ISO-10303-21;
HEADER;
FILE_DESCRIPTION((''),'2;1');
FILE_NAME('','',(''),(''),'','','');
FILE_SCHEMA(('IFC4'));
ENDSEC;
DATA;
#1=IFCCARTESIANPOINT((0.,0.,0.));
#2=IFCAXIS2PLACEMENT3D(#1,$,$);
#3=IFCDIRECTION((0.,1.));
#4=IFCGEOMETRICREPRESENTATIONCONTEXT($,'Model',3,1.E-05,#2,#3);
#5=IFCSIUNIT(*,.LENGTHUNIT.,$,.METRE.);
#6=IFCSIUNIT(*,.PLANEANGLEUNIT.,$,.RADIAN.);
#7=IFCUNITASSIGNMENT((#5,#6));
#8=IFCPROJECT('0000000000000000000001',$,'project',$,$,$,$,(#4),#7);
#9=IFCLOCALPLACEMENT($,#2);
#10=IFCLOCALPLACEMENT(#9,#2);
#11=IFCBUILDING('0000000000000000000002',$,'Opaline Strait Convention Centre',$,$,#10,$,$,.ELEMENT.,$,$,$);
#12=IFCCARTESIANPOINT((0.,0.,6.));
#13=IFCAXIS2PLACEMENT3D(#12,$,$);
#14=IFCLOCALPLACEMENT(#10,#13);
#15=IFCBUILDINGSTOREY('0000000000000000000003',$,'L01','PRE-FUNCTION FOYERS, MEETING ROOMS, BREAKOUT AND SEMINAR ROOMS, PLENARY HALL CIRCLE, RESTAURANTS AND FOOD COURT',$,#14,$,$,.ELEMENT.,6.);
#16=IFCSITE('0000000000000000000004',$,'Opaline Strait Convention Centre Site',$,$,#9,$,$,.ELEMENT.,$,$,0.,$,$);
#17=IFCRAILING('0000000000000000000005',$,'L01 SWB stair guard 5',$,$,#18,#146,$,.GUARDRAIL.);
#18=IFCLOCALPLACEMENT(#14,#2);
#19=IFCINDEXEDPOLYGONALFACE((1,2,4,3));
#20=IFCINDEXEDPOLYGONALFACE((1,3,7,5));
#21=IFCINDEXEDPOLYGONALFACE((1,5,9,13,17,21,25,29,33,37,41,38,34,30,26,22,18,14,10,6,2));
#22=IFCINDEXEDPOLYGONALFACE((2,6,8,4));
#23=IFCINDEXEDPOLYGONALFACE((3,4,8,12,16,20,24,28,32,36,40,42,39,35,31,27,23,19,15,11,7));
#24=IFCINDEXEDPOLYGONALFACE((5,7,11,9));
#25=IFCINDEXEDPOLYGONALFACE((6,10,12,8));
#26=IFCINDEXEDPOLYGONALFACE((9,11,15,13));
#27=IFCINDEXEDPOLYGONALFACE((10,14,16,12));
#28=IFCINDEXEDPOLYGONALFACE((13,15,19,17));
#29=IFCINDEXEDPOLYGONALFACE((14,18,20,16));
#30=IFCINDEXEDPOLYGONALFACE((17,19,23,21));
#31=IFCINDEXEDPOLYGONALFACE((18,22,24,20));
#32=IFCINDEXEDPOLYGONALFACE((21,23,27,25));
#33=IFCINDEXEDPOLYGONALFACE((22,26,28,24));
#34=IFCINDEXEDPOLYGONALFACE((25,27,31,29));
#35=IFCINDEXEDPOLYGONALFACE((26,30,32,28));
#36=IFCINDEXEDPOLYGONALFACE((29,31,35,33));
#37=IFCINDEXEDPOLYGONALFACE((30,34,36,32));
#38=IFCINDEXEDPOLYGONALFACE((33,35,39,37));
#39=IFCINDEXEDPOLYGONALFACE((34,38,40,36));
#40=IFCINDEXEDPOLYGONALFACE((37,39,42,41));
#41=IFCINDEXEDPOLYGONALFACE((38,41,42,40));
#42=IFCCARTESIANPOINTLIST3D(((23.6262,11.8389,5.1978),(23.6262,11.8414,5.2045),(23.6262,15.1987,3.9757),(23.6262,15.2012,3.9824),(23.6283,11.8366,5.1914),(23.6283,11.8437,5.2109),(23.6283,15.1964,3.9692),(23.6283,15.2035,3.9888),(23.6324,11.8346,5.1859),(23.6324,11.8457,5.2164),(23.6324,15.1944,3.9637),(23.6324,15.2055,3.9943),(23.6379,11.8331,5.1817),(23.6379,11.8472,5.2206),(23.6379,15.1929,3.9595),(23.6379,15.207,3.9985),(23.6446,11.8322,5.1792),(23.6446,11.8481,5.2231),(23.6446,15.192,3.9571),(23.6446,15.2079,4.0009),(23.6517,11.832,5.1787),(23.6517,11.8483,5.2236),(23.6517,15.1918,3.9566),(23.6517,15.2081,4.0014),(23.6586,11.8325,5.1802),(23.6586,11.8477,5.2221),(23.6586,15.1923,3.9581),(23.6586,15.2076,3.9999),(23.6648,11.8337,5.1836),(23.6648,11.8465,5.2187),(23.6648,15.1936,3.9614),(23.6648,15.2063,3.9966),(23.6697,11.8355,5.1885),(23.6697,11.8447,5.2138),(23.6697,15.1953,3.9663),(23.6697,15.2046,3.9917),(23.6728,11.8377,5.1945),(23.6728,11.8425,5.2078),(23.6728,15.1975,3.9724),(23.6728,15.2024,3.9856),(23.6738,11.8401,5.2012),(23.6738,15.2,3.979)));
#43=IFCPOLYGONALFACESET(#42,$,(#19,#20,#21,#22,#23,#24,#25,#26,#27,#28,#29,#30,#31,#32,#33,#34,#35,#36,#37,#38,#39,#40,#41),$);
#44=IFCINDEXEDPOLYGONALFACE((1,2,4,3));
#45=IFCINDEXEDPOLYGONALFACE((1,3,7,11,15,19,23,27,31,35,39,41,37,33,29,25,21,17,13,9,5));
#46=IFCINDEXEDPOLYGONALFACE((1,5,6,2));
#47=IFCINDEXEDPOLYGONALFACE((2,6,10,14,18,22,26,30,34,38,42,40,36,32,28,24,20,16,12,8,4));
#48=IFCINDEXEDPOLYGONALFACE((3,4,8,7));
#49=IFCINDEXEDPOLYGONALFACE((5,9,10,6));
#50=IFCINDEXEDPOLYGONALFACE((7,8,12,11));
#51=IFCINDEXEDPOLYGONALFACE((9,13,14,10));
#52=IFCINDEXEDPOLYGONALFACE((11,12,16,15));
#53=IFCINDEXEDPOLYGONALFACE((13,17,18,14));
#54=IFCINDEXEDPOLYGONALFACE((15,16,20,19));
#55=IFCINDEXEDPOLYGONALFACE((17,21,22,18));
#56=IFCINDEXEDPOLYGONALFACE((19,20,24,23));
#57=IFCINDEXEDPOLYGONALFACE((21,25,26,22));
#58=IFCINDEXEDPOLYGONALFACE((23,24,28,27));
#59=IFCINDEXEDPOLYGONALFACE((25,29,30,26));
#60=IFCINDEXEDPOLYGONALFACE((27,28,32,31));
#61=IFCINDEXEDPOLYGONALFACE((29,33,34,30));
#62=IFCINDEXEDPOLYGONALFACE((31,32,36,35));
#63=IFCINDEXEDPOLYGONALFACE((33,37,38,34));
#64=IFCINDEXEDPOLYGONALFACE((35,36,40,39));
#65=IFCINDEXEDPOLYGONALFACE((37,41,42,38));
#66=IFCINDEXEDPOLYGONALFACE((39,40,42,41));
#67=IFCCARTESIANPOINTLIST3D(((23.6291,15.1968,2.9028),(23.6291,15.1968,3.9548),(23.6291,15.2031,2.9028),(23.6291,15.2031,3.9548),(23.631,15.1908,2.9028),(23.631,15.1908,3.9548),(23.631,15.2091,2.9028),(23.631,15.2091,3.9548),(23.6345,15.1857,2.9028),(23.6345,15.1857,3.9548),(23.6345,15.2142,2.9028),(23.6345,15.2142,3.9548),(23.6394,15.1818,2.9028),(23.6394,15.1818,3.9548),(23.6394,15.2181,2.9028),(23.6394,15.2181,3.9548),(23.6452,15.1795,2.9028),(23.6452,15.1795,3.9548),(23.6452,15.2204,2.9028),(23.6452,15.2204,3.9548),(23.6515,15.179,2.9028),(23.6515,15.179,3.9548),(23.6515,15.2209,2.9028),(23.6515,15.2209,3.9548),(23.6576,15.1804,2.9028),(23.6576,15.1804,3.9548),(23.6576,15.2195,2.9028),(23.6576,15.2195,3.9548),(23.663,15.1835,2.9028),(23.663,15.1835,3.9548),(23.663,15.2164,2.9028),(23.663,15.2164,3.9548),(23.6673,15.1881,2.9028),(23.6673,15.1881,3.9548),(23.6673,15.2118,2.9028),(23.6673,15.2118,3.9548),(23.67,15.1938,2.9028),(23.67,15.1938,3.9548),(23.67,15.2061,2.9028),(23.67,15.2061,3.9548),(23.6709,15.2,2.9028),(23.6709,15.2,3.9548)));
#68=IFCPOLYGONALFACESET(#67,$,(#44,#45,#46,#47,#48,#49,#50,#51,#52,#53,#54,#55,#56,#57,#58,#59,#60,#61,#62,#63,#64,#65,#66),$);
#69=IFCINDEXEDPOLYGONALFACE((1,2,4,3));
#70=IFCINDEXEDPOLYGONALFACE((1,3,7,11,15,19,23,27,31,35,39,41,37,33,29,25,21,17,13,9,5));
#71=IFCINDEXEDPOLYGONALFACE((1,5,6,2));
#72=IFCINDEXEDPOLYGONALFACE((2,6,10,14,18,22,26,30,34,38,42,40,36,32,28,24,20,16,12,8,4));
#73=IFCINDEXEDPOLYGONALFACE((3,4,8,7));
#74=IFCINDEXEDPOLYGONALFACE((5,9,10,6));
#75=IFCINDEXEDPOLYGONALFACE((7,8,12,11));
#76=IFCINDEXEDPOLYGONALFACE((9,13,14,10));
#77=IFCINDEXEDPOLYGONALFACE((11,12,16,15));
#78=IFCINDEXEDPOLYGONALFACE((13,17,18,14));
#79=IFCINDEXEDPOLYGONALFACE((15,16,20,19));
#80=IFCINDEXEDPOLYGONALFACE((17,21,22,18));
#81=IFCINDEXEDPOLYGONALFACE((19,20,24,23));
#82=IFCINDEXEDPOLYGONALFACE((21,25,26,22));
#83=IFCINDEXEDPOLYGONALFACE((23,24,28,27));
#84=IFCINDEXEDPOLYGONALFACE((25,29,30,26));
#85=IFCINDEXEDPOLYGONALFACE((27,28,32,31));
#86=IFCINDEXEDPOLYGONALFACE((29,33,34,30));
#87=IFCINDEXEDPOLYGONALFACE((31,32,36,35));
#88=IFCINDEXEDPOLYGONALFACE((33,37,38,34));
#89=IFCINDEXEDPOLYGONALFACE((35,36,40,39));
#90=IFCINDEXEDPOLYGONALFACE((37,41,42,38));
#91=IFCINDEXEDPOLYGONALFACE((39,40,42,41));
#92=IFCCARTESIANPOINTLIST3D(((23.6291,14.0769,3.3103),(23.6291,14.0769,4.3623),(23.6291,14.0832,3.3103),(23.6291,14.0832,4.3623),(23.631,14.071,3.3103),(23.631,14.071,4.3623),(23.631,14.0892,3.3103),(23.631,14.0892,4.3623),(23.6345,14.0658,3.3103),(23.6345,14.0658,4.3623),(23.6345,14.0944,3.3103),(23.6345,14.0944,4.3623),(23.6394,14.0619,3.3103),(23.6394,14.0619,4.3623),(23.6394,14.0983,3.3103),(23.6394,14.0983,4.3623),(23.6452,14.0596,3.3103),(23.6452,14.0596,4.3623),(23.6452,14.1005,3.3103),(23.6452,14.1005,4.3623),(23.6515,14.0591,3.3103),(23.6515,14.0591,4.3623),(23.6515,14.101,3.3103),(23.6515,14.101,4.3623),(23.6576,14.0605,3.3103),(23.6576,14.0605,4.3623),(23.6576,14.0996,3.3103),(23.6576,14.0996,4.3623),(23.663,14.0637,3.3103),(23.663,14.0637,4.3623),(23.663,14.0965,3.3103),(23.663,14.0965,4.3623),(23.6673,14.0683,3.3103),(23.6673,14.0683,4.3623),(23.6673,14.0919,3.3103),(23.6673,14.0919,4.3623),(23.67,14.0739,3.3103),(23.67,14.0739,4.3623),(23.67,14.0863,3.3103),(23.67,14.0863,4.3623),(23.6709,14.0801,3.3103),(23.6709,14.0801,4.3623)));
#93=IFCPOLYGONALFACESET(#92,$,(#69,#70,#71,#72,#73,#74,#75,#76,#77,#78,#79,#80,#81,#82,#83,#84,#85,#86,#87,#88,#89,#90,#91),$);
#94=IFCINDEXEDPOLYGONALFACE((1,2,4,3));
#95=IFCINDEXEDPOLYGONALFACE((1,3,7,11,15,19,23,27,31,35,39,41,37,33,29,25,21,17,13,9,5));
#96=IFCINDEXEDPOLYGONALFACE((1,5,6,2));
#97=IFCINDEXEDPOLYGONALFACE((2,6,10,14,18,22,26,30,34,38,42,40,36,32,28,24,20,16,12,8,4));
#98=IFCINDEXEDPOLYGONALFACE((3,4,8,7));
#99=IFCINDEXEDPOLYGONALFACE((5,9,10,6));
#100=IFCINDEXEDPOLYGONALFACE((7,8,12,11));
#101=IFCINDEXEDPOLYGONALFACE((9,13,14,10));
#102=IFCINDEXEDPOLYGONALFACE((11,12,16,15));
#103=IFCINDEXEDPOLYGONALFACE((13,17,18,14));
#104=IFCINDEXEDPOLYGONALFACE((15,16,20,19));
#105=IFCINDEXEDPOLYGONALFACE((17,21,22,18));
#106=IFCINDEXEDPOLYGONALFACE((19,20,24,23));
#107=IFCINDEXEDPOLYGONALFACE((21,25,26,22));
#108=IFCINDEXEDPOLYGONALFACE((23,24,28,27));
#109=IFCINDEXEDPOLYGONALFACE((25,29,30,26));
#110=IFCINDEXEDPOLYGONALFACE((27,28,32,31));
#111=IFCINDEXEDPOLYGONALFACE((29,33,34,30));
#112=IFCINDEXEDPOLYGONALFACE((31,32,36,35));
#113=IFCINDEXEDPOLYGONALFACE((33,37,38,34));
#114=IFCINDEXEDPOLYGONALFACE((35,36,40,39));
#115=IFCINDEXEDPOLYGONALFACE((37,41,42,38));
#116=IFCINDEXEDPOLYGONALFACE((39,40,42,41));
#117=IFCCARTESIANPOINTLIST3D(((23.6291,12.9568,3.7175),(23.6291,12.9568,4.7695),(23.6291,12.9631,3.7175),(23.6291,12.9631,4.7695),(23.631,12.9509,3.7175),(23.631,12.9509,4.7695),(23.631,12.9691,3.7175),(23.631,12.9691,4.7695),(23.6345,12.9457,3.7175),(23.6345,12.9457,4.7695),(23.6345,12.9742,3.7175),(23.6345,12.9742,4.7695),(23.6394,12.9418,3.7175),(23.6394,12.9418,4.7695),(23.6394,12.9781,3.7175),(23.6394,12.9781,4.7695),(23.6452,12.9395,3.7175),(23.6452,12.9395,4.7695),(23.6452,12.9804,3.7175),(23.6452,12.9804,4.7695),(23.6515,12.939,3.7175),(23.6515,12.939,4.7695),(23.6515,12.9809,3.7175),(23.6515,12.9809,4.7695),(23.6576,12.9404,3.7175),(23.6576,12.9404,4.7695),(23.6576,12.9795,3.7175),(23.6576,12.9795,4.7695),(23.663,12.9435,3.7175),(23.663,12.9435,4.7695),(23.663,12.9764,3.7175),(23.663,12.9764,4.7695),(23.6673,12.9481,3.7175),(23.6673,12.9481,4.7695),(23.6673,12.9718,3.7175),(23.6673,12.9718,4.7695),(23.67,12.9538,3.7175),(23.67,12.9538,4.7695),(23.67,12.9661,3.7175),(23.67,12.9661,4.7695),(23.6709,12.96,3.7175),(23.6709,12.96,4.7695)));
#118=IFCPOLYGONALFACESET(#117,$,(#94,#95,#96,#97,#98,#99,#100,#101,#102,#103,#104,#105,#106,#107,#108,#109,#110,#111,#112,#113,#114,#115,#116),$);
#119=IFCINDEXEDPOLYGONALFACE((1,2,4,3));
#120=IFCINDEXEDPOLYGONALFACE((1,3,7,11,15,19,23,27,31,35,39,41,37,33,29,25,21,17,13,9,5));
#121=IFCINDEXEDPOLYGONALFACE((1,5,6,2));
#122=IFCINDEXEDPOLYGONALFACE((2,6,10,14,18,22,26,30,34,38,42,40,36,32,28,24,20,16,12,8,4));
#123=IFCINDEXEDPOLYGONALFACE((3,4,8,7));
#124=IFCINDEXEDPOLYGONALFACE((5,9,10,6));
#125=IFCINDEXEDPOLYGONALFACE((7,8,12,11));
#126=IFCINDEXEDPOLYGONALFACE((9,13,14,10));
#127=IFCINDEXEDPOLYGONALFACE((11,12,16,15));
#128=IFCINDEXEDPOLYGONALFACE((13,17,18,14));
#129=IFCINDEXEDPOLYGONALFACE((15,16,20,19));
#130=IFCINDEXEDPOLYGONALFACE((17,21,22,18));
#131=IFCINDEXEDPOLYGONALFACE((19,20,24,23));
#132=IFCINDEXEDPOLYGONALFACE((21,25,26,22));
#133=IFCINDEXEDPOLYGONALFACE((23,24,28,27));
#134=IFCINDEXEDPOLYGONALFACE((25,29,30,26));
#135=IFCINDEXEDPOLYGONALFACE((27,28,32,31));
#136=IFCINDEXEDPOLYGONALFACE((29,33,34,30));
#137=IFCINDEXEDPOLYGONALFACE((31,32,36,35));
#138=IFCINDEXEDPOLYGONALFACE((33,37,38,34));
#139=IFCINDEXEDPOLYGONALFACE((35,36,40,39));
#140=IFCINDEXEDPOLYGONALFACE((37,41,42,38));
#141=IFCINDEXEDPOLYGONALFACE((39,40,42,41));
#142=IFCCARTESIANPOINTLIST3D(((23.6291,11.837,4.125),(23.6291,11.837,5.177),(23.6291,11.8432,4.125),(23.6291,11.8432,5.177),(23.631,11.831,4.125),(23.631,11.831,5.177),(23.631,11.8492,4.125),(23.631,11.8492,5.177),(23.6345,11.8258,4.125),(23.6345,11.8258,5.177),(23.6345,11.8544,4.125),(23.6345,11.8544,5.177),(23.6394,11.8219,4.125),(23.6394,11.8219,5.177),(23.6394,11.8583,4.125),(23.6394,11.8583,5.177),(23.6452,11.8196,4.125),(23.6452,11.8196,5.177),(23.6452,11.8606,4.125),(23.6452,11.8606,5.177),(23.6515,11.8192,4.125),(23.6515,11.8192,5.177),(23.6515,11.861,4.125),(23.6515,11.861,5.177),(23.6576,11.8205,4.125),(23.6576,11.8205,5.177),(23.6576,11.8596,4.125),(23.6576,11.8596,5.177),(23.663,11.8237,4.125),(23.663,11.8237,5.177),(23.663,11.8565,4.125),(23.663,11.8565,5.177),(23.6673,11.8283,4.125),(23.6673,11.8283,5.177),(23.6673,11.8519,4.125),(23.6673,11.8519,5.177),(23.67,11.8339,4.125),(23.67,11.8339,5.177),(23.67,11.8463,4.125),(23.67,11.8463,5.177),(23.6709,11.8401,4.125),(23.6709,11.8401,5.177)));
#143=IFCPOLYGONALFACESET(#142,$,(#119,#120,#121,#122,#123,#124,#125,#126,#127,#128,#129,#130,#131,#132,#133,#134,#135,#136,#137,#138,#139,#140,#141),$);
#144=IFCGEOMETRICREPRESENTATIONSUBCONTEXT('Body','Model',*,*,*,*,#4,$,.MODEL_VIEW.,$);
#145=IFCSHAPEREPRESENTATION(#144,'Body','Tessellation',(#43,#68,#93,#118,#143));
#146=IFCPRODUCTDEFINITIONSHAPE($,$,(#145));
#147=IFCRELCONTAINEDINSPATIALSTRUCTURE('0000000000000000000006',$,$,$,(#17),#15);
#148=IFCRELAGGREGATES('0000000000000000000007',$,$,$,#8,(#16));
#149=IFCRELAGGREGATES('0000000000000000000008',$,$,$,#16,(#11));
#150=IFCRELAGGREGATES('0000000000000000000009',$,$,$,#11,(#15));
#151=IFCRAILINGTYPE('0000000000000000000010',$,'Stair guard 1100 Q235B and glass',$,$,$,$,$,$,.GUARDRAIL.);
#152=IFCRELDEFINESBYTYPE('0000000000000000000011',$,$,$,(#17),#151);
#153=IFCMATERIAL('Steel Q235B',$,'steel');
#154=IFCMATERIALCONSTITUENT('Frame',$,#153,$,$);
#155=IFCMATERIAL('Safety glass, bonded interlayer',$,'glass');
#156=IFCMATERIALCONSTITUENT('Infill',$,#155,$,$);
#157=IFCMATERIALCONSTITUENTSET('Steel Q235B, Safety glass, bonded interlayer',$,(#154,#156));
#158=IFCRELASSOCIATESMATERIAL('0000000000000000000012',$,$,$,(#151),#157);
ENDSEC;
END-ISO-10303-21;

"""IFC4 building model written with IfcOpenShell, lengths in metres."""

from ifc_helpers import new_model, si_unit, direction, frame, origin, origin_2d, place, context, subcontext, project, spatial, circle, extrude, material, constituent, constituent_set, type_object, element, save


model = new_model("IFC4")

# Units and contexts
model_context = context("Model", 3, precision=1e-05, world=origin(), true_north=direction((0.0, 1.0)))
body_context = subcontext(model_context, "Body", "Model", "MODEL_VIEW")
ifc_project = project(units=[si_unit("LENGTHUNIT", "METRE"), si_unit("PLANEANGLEUNIT", "RADIAN")], contexts=[model_context])

# Site, building, storey
site_placement = place(None, origin())
site = spatial("IfcSite", under=ifc_project, at=site_placement, Name="Opaline Strait Convention Centre Site", CompositionType="ELEMENT", RefElevation=0.0)
building_placement = place(site_placement, origin())
building = spatial("IfcBuilding", under=site, at=building_placement, Name="Opaline Strait Convention Centre", CompositionType="ELEMENT")
storey_placement = place(building_placement, frame((0.0, 0.0, 6.0)))
storey = spatial("IfcBuildingStorey", under=building, at=storey_placement, Name="L01", Description="PRE-FUNCTION FOYERS, MEETING ROOMS, BREAKOUT AND SEMINAR ROOMS, PLENARY HALL CIRCLE, RESTAURANTS AND FOOD COURT", CompositionType="ELEMENT", Elevation=6.0)

# Railing
ifc_material_1 = material(Name="Steel Q235B", Category="steel")
ifc_constituent_1 = constituent(ifc_material_1, Name="Frame")
ifc_material_2 = material(Name="Safety glass, bonded interlayer", Category="glass")
ifc_constituent_2 = constituent(ifc_material_2, Name="Infill")
ifc_constituent_set = constituent_set(constituents=[ifc_constituent_1, ifc_constituent_2], Name="Steel Q235B, Safety glass, bonded interlayer")
railing_type_1 = type_object("IfcRailingType", Name="Stair guard 1100 Q235B and glass", PredefinedType="GUARDRAIL", material=ifc_constituent_set)
railing_1_placement = place(storey_placement, frame((23.6499, 15.2, 2.9028)))
element("IfcRailing", 1, at=railing_1_placement, inside=storey, type_object=railing_type_1, Name="L01 SWB stair guard 5", PredefinedType="GUARDRAIL", context=body_context, shape_type="SweptSolid", body=[
    extrude(circle(Radius=0.0239, at=origin_2d()), frame((0.0, 0.0, 1.0762), z_axis=(0.0, -0.939758, 0.341842), x_axis=(1.0, 0.0, 0.0)), (0.0, 0.0, 1.0), 3.5752),
    extrude(circle(Radius=0.021, at=origin_2d()), origin(), (0.0, 0.0, 1.0), 1.052),
    extrude(circle(Radius=0.021, at=origin_2d()), frame((0.0, -1.1199, 0.4075)), (0.0, 0.0, 1.0), 1.052),
    extrude(circle(Radius=0.021, at=origin_2d()), frame((0.0, -2.24, 0.8147)), (0.0, 0.0, 1.0), 1.052),
    extrude(circle(Radius=0.021, at=origin_2d()), frame((0.0, -3.3599, 1.2222)), (0.0, 0.0, 1.0), 1.052),
])

save(model, "model.ifc")
